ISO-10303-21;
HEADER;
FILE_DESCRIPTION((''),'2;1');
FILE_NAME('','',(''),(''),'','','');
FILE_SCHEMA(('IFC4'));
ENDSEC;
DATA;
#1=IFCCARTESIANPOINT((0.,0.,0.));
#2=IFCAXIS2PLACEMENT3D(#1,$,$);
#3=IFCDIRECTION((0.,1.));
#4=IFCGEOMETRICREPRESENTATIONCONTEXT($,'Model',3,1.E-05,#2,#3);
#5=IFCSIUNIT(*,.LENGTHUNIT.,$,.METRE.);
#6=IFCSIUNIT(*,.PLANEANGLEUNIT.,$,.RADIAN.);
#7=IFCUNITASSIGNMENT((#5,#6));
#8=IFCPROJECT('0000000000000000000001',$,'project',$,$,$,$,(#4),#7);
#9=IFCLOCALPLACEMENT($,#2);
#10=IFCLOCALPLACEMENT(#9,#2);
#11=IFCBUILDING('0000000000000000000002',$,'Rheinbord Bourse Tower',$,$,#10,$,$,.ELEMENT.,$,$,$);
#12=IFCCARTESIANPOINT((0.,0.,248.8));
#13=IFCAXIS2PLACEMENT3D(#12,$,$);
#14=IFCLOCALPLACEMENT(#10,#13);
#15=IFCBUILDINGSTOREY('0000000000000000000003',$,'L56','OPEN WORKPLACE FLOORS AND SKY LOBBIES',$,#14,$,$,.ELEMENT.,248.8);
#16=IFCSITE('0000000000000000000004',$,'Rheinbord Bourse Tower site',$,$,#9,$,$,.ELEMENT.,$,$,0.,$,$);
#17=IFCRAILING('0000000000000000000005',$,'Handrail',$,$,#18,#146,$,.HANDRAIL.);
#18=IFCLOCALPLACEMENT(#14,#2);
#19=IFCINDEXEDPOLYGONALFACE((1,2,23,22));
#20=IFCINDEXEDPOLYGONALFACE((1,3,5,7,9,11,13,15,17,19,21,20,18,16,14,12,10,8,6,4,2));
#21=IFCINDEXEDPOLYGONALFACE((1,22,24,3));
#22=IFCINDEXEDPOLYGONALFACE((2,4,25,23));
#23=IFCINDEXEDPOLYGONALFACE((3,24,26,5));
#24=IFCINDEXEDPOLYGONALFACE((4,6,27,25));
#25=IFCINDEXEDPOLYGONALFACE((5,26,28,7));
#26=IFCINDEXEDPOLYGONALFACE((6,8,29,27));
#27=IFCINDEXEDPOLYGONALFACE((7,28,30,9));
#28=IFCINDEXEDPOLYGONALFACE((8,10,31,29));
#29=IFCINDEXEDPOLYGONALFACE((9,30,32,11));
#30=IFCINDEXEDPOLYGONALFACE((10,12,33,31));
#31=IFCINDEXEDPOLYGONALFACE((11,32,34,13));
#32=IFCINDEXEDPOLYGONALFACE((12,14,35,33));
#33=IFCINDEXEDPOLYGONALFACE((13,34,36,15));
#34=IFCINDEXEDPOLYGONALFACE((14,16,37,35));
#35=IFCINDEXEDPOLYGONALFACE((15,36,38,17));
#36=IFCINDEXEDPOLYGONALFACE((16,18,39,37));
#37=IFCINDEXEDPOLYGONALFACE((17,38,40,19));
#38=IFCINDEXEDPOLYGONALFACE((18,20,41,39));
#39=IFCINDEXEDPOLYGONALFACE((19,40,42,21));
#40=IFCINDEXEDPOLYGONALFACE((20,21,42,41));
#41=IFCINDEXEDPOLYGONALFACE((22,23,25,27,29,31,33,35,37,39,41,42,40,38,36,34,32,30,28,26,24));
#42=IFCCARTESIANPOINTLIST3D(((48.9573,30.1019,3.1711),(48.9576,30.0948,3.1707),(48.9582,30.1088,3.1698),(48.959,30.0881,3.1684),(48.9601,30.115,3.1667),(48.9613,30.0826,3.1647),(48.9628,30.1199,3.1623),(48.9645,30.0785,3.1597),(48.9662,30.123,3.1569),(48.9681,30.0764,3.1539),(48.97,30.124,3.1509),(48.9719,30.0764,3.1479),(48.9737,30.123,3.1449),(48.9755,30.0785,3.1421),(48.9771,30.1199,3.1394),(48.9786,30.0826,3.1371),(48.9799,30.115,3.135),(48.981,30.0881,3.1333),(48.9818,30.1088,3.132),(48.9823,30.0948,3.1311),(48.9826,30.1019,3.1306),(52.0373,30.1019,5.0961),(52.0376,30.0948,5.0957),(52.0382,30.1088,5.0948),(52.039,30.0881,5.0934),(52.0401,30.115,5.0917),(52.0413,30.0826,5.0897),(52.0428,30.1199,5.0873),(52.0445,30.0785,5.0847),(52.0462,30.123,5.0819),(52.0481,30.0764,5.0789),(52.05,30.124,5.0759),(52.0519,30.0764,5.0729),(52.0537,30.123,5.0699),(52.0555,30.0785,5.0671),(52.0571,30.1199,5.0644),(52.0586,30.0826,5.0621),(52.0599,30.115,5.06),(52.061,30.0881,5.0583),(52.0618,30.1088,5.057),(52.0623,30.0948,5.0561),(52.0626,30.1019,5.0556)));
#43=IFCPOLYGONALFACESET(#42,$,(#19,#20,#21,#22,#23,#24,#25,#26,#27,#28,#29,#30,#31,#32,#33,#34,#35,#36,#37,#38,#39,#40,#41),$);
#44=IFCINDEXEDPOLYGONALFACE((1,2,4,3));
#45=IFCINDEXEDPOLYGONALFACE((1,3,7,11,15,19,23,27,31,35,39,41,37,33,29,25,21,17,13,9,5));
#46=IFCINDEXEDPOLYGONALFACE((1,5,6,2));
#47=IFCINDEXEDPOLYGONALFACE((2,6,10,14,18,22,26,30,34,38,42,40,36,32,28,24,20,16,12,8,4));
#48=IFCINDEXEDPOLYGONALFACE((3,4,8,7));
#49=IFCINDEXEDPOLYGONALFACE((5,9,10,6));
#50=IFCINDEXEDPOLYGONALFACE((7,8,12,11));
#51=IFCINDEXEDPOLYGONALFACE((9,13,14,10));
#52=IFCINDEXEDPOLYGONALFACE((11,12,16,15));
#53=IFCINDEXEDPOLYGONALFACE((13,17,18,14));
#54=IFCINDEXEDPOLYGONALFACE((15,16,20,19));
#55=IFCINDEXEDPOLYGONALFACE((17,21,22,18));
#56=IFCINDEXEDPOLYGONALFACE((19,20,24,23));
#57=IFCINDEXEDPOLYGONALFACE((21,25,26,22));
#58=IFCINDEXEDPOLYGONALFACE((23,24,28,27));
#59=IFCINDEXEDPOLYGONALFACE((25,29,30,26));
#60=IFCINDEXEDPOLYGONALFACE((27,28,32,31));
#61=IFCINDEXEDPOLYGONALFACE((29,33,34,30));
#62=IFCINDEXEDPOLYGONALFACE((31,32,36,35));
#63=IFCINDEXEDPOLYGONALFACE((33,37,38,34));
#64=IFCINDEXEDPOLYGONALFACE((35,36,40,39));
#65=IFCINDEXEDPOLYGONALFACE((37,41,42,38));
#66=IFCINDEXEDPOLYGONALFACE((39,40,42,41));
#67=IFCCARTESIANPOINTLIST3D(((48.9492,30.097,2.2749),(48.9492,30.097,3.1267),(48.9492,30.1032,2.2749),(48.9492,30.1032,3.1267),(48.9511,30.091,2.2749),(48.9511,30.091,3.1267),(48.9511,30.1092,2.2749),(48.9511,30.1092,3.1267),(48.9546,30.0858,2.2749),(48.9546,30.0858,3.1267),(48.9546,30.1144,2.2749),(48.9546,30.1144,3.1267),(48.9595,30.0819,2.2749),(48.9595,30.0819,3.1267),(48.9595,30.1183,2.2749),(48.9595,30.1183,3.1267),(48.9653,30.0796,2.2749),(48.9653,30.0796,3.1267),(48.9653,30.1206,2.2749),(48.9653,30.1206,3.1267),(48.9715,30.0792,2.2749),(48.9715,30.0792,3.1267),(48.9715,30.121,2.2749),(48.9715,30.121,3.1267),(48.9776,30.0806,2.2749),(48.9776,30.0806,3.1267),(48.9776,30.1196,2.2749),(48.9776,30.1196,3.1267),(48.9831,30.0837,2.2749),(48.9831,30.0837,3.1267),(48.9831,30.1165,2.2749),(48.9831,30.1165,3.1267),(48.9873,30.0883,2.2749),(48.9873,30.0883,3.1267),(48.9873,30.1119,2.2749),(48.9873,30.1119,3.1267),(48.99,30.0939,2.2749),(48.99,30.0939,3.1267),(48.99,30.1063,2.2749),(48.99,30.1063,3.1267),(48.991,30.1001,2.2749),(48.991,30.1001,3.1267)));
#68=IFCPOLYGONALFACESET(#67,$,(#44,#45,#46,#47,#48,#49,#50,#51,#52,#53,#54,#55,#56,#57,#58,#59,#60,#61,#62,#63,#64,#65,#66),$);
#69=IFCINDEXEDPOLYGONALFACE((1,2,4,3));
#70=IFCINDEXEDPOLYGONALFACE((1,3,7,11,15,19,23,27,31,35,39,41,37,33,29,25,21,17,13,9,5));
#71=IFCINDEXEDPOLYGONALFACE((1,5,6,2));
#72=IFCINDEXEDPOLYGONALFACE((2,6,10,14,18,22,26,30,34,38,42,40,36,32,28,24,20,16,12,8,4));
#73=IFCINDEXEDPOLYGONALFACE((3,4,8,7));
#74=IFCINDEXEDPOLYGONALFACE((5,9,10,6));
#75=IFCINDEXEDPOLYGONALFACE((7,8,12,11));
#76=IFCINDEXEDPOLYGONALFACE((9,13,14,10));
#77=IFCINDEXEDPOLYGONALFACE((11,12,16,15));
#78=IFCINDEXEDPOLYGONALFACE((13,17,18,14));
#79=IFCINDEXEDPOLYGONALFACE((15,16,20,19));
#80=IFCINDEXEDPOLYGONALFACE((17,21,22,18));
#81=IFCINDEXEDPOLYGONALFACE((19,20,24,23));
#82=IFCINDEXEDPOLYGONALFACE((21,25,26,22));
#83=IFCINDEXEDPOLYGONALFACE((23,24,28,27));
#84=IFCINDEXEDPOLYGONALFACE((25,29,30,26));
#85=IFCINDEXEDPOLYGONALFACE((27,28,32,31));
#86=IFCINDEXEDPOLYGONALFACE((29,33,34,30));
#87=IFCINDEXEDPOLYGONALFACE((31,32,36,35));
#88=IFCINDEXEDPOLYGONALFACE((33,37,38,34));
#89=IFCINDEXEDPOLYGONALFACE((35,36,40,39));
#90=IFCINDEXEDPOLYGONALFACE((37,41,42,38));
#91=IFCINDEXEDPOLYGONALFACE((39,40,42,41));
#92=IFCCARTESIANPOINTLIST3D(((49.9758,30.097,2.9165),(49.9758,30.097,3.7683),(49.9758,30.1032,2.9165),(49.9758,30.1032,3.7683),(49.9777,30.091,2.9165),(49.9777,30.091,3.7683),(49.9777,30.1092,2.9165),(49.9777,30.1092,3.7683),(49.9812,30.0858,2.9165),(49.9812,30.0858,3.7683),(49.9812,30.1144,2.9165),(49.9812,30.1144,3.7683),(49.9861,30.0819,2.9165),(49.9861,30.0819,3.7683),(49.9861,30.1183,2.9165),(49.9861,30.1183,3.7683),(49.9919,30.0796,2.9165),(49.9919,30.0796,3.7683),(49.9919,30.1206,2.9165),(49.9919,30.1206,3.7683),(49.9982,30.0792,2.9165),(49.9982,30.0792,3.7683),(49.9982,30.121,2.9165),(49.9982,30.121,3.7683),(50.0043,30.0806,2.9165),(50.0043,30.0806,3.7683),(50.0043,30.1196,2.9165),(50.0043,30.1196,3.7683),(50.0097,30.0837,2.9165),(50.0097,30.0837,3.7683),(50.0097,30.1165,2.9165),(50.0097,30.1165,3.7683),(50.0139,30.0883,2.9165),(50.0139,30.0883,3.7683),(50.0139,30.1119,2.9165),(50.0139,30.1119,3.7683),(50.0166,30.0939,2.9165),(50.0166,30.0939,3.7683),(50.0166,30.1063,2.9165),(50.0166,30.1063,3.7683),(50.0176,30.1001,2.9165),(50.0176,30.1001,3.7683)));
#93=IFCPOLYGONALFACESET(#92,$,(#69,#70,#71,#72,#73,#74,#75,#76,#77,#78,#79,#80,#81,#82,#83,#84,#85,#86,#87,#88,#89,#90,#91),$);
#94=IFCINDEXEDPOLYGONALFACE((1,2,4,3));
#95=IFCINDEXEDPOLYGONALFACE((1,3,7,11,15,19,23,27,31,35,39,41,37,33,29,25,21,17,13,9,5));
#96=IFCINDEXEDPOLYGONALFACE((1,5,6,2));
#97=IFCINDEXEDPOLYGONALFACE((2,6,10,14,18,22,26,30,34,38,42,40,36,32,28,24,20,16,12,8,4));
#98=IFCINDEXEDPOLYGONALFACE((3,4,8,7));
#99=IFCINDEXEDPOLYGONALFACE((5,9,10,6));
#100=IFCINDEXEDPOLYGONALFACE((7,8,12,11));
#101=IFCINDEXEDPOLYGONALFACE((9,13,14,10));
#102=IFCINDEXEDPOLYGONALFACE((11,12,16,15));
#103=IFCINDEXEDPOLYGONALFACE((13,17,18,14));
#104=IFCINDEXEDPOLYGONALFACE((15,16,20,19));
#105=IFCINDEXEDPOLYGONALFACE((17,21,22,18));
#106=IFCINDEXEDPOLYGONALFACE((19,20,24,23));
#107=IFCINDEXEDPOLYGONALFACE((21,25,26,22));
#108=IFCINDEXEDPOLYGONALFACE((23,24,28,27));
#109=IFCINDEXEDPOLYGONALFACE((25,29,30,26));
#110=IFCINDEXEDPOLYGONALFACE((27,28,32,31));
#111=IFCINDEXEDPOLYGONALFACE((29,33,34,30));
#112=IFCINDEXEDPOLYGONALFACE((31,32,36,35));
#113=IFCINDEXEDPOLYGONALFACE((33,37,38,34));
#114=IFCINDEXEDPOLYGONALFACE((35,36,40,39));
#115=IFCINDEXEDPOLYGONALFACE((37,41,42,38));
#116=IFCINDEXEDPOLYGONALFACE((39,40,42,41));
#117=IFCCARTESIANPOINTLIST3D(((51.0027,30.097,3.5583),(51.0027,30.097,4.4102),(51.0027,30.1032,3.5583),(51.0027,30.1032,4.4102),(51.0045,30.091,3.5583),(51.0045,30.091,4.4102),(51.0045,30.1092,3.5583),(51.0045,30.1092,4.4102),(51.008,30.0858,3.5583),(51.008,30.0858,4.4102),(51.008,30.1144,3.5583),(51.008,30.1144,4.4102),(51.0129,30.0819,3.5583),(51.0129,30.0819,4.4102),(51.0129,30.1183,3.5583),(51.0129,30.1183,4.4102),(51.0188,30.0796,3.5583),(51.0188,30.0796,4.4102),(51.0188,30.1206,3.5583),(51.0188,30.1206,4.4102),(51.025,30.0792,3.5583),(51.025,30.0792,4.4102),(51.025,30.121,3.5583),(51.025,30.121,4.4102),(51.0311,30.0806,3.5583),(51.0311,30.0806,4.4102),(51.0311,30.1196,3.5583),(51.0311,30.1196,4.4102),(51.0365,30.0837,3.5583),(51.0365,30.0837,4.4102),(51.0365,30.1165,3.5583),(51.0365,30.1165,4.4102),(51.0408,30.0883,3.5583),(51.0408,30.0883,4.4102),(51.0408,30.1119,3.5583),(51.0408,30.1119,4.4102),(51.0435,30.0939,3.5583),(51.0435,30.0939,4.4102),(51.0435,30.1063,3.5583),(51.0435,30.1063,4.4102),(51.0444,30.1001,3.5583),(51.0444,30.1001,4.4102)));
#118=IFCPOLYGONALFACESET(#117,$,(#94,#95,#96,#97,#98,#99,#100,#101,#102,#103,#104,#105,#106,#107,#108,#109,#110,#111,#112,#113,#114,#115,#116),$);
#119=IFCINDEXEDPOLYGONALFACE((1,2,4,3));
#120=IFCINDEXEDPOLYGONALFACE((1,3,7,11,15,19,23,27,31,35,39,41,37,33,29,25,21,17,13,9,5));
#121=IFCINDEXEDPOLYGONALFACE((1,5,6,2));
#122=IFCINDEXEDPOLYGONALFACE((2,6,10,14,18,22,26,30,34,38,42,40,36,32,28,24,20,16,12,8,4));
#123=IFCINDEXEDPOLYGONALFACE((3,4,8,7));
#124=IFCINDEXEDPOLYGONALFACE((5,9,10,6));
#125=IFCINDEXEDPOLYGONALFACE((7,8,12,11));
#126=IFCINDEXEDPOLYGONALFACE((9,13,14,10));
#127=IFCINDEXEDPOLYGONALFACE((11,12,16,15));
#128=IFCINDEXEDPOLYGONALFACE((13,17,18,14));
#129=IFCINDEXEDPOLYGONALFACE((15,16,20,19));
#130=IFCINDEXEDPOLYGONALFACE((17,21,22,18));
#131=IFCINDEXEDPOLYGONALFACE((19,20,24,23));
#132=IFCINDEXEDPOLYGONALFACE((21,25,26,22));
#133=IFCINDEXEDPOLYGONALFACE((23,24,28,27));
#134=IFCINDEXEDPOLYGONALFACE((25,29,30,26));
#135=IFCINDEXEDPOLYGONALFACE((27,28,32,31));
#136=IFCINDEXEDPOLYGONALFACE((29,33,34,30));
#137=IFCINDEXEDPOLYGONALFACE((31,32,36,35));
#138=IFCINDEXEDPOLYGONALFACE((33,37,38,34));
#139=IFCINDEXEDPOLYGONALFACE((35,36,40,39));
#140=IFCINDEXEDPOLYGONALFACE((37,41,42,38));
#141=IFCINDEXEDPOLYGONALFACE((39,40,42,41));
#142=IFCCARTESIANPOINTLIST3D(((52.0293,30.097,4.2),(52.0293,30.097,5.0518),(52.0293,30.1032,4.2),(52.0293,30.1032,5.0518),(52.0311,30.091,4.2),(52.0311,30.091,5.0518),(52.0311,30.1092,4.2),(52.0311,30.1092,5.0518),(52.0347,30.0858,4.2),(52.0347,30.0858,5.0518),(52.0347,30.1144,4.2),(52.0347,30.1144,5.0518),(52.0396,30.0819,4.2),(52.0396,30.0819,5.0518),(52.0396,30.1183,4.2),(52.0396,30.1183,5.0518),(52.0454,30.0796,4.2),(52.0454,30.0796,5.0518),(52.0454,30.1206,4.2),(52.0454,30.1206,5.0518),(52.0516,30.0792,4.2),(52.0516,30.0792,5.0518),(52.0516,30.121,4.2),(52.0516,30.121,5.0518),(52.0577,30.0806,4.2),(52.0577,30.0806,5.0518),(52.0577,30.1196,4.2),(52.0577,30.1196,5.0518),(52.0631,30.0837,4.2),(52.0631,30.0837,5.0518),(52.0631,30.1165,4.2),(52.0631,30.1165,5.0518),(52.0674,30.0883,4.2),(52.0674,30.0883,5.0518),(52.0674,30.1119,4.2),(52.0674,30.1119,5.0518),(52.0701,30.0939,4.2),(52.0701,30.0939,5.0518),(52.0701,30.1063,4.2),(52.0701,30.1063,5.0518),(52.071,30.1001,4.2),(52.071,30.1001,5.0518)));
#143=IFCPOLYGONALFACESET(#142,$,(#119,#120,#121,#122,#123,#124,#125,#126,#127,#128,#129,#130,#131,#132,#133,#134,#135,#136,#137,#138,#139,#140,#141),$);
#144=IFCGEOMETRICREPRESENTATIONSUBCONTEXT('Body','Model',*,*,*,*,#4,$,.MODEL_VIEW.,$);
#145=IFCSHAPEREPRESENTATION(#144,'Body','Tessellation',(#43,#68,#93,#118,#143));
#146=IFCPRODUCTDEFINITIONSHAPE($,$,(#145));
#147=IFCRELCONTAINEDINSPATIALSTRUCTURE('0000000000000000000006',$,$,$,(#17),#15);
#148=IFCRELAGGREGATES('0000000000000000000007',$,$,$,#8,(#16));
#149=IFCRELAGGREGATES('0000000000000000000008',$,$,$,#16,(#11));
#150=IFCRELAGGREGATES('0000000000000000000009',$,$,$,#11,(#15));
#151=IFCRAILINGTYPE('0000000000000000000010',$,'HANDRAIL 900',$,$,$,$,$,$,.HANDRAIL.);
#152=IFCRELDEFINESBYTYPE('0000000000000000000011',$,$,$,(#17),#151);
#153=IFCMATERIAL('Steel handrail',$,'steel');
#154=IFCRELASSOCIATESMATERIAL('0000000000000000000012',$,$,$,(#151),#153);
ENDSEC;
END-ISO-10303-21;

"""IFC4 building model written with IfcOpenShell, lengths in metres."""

from ifc_helpers import new_model, si_unit, direction, frame, origin, origin_2d, place, context, subcontext, project, spatial, circle, extrude, material, type_object, element, save


model = new_model("IFC4")

# Units and contexts
model_context = context("Model", 3, precision=1e-05, world=origin(), true_north=direction((0.0, 1.0)))
body_context = subcontext(model_context, "Body", "Model", "MODEL_VIEW")
ifc_project = project(units=[si_unit("LENGTHUNIT", "METRE"), si_unit("PLANEANGLEUNIT", "RADIAN")], contexts=[model_context])

# Site, building, storey
site_placement = place(None, origin())
site = spatial("IfcSite", under=ifc_project, at=site_placement, Name="Rheinbord Bourse Tower site", CompositionType="ELEMENT", RefElevation=0.0)
building_placement = place(site_placement, origin())
building = spatial("IfcBuilding", under=site, at=building_placement, Name="Rheinbord Bourse Tower", CompositionType="ELEMENT")
storey_placement = place(building_placement, frame((0.0, 0.0, 248.8)))
storey = spatial("IfcBuildingStorey", under=building, at=storey_placement, Name="L56", Description="OPEN WORKPLACE FLOORS AND SKY LOBBIES", CompositionType="ELEMENT", Elevation=248.8)

# Railing
ifc_material_1 = material(Name="Steel handrail", Category="steel")
railing_type = type_object("IfcRailingType", Name="HANDRAIL 900", PredefinedType="HANDRAIL", material=ifc_material_1)
railing_1_placement = place(storey_placement, frame((48.97, 30.1001, 2.2749)))
element("IfcRailing", 1, at=railing_1_placement, inside=storey, type_object=railing_type, Name="Handrail", PredefinedType="HANDRAIL", context=body_context, shape_type="SweptSolid", body=[
    extrude(circle(Radius=0.0239, at=origin_2d()), frame((0.0, 0.0, 0.876), z_axis=(0.847998, 0.0, 0.529999), x_axis=(0.0, 1.0, 0.0)), (0.0, 0.0, 1.0), 3.6321),
    extrude(circle(Radius=0.021, at=origin_2d()), origin(), (0.0, 0.0, 1.0), 0.8518),
    extrude(circle(Radius=0.021, at=origin_2d()), frame((1.0266, 0.0, 0.6416)), (0.0, 0.0, 1.0), 0.8518),
    extrude(circle(Radius=0.021, at=origin_2d()), frame((2.0535, 0.0, 1.2834)), (0.0, 0.0, 1.0), 0.8518),
    extrude(circle(Radius=0.021, at=origin_2d()), frame((3.0801, 0.0, 1.925)), (0.0, 0.0, 1.0), 0.8518),
])

save(model, "model.ifc")
